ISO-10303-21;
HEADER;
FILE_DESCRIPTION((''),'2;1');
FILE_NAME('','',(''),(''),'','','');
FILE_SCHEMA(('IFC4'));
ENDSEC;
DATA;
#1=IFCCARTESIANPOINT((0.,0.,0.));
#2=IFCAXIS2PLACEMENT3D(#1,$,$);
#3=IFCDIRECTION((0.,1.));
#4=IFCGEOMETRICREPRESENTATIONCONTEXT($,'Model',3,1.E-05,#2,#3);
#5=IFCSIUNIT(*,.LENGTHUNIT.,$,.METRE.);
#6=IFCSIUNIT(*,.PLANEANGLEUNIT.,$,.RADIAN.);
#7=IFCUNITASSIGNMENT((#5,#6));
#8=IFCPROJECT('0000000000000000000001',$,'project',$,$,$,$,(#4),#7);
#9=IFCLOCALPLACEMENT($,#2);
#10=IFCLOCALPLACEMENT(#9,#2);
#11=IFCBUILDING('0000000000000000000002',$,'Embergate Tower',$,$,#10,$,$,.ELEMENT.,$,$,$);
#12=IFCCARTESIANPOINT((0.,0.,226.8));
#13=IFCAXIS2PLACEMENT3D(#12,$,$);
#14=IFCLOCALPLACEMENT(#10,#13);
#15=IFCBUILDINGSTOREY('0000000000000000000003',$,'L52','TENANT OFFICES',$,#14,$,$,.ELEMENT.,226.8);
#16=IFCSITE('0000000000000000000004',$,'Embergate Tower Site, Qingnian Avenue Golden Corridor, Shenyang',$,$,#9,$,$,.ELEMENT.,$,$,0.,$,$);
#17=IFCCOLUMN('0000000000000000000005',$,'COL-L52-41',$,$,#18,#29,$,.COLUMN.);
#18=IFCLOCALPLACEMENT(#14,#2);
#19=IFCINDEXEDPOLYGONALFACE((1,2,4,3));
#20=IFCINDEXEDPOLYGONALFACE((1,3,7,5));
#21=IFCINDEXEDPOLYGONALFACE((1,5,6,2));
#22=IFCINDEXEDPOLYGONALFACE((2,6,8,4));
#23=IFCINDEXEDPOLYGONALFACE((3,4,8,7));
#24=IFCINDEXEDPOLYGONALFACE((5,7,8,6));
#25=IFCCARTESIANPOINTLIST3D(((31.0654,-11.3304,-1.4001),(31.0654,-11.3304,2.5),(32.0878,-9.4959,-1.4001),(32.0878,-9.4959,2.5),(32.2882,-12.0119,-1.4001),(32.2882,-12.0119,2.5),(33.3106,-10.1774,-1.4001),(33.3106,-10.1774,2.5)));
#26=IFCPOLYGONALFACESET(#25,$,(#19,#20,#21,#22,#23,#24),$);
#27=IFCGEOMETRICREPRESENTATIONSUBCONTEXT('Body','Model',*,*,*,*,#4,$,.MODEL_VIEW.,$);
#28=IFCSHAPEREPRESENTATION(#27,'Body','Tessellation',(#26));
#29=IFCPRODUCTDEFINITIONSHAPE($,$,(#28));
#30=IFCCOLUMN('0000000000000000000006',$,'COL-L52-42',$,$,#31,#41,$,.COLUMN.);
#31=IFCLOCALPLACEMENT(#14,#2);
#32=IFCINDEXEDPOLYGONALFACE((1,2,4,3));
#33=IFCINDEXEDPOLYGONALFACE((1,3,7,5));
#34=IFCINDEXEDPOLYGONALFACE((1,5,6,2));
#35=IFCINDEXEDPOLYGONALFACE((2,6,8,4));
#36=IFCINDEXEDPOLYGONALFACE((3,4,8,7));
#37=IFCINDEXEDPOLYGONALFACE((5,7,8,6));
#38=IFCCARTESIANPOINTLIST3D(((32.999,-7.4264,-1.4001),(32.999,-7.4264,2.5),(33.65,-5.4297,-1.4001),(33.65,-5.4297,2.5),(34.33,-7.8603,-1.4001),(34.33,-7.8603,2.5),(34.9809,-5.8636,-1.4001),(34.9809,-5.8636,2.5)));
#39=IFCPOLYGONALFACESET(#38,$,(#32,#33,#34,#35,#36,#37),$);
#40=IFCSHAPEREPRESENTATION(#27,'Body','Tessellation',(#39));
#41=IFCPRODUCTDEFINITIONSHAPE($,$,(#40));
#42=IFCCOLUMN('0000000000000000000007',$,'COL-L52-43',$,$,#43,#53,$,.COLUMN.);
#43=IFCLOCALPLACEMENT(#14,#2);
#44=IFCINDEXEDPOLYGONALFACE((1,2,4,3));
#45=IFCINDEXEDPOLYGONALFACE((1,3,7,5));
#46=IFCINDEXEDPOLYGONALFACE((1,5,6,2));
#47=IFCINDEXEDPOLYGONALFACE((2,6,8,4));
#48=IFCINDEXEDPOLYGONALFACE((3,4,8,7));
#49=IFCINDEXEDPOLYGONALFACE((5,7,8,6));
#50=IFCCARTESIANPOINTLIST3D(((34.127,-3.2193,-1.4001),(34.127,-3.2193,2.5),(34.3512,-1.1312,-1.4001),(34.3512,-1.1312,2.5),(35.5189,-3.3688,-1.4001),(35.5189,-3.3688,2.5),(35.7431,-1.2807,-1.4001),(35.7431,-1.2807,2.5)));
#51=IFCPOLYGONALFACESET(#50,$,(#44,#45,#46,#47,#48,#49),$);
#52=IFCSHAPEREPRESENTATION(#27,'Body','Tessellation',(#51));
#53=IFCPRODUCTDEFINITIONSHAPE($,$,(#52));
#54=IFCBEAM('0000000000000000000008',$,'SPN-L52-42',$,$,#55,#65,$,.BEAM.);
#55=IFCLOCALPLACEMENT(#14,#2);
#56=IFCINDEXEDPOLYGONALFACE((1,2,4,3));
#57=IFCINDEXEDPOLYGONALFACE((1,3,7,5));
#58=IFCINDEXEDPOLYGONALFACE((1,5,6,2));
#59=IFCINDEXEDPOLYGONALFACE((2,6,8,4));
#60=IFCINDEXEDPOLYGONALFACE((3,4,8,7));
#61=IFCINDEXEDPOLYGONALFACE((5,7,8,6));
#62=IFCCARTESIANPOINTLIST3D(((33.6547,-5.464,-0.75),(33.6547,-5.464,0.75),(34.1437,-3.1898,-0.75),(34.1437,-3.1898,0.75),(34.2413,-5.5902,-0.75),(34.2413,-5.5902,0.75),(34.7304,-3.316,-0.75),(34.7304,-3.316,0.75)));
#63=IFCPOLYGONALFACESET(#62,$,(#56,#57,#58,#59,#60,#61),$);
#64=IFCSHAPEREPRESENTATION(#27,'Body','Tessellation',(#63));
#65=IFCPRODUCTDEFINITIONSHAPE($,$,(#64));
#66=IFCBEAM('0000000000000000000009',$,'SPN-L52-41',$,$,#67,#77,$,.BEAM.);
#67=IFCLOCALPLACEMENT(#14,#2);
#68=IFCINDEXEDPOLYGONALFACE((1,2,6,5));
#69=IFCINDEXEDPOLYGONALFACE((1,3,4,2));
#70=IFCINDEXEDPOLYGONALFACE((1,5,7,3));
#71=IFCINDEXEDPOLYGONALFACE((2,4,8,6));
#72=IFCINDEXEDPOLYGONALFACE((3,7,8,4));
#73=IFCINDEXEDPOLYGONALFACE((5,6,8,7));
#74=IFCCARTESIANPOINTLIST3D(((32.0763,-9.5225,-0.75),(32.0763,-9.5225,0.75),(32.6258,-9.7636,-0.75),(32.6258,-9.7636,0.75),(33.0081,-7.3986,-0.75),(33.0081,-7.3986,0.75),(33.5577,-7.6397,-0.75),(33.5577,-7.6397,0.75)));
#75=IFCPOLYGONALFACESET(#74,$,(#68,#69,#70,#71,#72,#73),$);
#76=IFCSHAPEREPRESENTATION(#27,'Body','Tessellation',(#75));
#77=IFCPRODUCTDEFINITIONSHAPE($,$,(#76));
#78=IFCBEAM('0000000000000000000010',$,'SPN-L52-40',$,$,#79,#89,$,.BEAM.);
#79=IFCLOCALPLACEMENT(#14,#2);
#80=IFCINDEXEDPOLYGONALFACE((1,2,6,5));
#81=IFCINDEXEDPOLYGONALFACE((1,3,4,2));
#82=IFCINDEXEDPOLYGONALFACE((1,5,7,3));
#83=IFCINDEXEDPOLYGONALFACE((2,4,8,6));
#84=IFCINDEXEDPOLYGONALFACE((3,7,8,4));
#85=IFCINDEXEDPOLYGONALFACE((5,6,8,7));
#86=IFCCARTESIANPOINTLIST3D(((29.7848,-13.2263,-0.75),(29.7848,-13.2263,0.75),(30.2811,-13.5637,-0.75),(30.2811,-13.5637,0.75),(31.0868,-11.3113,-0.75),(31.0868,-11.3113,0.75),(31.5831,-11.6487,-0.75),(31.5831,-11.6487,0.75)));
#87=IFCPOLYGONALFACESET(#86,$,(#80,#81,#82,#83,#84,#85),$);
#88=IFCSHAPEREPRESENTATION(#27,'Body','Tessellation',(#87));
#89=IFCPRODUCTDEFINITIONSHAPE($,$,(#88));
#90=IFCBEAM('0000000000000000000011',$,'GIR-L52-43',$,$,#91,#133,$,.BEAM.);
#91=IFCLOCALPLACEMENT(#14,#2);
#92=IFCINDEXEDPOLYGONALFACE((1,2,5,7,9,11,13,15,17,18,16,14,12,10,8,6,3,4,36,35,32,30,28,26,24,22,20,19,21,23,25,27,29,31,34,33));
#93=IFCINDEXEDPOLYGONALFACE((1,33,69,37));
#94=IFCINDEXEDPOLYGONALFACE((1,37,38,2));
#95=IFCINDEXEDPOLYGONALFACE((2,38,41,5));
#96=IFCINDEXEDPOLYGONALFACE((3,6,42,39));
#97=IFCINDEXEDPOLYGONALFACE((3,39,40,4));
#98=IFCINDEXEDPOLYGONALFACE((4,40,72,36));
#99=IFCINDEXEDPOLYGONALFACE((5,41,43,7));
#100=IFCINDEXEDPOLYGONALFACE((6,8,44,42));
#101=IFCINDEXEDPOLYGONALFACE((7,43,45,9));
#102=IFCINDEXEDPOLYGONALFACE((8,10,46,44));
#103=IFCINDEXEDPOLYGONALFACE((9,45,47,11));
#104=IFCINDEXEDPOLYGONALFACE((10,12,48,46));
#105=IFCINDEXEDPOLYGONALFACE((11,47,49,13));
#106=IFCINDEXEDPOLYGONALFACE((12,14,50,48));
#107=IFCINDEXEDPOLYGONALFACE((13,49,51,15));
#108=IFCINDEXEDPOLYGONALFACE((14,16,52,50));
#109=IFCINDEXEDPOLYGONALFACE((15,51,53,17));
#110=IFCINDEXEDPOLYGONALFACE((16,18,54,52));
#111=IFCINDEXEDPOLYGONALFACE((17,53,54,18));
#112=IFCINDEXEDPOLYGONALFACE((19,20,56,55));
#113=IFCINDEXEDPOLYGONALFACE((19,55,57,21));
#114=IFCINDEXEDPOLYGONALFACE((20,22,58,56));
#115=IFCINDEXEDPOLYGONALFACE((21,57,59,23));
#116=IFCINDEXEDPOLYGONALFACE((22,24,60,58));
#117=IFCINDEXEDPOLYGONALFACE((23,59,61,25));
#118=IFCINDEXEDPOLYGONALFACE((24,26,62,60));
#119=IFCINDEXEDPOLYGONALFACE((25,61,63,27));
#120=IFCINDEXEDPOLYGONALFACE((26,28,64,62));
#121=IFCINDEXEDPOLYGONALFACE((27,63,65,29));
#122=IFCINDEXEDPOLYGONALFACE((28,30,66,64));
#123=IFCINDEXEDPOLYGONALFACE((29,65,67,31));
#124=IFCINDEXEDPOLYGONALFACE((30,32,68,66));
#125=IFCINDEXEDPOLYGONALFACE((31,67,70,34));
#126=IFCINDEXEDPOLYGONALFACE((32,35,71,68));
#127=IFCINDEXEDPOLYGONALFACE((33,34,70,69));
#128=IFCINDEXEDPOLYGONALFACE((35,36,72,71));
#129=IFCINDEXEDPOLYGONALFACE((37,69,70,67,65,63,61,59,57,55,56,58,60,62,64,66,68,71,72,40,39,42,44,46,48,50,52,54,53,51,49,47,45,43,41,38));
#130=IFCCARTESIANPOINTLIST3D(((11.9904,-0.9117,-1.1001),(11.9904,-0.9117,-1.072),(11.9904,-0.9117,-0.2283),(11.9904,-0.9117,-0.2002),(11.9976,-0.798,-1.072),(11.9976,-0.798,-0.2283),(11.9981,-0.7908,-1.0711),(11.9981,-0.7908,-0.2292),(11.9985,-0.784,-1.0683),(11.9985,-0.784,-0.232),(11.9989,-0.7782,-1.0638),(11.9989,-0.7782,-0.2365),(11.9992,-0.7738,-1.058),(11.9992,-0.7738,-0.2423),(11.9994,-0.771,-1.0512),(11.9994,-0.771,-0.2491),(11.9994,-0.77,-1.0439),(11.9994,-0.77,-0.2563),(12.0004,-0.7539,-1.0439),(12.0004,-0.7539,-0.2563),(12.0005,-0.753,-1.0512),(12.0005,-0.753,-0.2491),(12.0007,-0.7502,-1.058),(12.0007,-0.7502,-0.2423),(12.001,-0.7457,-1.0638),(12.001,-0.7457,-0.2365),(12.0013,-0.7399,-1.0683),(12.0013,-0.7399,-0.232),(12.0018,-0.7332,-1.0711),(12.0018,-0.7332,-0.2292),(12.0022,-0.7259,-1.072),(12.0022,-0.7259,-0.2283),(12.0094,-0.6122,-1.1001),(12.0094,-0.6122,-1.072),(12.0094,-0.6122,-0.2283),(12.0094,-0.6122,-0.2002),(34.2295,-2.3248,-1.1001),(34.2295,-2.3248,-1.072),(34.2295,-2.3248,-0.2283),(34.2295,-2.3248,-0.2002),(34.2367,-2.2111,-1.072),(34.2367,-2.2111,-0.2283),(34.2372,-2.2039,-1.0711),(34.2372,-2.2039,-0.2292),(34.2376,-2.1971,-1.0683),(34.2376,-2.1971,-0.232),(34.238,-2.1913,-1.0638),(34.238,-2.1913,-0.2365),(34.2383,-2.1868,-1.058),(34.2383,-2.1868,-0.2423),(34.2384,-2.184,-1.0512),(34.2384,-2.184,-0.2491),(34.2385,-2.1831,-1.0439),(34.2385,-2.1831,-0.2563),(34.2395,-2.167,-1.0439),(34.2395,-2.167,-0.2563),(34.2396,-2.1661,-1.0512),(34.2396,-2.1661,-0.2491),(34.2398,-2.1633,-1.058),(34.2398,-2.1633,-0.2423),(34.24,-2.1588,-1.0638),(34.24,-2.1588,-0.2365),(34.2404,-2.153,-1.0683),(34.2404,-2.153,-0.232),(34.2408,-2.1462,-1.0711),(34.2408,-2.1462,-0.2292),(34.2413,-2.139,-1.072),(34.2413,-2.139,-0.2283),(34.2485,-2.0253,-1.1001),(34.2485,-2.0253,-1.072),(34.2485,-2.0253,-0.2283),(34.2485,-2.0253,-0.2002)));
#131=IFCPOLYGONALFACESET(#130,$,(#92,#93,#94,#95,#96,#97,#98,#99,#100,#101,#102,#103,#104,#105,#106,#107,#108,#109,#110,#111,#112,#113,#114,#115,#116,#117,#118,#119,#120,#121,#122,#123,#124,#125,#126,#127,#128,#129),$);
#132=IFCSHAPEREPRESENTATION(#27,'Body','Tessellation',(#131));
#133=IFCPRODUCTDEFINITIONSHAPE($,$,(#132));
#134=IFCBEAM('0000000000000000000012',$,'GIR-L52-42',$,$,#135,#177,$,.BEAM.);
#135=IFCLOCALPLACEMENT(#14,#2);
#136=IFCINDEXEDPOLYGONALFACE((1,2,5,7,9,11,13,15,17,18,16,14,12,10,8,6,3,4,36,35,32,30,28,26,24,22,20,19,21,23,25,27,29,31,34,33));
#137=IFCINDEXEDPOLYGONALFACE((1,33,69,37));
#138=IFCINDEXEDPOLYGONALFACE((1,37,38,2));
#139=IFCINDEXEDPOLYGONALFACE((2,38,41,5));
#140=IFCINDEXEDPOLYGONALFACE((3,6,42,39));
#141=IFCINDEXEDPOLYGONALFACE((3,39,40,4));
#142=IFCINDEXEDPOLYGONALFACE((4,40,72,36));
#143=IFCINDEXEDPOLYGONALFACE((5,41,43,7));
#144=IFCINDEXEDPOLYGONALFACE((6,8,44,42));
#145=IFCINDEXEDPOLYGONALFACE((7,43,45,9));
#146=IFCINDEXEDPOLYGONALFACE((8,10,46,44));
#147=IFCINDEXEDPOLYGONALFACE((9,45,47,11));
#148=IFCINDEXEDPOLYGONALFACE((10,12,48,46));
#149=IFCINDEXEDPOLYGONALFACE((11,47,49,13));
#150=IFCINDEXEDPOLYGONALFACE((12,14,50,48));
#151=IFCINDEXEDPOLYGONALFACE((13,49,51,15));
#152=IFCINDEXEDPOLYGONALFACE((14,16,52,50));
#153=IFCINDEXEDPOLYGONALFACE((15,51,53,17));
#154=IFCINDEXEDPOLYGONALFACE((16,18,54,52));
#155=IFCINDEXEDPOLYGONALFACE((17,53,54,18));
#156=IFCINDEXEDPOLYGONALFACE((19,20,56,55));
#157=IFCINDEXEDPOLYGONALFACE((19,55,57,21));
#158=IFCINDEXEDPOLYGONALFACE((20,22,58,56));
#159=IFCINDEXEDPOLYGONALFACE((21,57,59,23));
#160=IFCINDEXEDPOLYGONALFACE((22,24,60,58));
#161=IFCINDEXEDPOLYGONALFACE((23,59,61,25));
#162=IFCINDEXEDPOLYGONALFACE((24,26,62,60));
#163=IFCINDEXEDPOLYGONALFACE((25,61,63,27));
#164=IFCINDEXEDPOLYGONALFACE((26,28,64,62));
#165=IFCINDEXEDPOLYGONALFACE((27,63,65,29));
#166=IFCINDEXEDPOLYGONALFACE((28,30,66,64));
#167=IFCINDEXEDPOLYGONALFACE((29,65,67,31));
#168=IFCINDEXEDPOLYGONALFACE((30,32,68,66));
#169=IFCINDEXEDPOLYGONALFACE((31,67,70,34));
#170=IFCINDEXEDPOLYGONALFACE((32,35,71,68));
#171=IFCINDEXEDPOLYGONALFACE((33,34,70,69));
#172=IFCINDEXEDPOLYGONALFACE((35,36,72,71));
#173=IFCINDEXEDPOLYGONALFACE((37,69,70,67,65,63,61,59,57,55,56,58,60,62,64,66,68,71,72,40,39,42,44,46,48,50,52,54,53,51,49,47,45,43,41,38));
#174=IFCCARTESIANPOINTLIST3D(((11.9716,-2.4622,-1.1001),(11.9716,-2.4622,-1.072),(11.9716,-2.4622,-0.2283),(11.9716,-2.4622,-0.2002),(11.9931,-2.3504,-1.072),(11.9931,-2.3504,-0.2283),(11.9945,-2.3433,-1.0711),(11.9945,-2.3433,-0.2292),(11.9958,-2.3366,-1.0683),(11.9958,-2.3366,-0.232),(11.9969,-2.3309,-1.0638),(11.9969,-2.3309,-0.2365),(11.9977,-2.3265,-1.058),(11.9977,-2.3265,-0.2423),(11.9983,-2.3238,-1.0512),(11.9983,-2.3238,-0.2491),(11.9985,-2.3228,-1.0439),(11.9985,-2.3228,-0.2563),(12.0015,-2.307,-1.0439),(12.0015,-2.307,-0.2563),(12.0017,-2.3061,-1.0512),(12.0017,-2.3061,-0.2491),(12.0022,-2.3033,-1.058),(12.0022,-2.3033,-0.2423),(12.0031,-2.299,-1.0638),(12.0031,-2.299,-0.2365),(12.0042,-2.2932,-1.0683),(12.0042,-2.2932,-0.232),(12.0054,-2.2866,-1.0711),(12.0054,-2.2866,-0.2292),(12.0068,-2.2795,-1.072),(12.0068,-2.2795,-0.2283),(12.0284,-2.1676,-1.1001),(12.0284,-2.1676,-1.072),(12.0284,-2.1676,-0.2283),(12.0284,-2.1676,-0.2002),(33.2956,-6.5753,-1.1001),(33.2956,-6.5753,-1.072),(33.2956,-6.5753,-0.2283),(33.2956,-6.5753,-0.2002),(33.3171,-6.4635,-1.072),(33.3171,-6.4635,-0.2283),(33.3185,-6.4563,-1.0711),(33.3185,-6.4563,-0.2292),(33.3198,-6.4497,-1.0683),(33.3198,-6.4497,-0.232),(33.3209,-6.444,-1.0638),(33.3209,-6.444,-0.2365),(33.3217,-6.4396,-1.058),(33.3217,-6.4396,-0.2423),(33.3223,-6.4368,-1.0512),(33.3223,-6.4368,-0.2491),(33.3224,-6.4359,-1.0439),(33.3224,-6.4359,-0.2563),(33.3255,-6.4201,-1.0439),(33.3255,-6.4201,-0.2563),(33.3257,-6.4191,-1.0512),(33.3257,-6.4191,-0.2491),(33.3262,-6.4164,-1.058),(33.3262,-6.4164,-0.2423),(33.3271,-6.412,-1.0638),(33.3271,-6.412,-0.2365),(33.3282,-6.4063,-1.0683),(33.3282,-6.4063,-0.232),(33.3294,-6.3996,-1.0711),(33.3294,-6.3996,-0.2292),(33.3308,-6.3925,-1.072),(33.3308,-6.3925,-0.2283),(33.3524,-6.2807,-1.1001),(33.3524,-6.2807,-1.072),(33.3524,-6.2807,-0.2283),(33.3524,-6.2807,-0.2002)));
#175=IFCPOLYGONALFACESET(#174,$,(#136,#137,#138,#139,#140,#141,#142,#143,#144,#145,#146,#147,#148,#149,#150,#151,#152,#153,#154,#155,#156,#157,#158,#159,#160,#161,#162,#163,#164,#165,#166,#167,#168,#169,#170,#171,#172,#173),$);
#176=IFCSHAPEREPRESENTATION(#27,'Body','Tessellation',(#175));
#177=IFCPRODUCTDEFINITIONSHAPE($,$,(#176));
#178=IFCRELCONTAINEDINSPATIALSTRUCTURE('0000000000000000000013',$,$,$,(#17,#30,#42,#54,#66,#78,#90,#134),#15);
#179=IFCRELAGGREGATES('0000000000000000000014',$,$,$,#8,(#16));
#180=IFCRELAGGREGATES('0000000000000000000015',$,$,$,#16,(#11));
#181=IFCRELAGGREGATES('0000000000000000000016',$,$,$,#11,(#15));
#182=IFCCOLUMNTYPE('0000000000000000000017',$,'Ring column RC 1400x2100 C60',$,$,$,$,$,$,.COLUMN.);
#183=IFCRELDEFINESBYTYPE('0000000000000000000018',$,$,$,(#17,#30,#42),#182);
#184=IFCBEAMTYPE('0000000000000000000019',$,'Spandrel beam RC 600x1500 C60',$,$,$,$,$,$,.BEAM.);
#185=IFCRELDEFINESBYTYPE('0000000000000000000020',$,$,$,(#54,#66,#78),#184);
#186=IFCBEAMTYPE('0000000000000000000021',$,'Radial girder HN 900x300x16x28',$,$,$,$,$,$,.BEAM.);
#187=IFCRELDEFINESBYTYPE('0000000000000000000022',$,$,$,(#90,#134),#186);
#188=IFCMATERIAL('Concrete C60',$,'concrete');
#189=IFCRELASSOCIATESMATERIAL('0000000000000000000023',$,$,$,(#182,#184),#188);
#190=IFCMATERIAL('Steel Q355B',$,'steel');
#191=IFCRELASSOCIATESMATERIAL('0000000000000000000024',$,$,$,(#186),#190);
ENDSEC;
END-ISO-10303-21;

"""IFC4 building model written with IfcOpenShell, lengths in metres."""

from ifc_helpers import new_model, si_unit, direction, frame, origin, origin_2d, place, context, subcontext, project, spatial, rectangle, i_section, extrude, source, transform, mapped, material, material_profile, profile_set, type_object, element, save


model = new_model("IFC4")

# Units and contexts
model_context = context("Model", 3, precision=1e-05, world=origin(), true_north=direction((0.0, 1.0)))
body_context = subcontext(model_context, "Body", "Model", "MODEL_VIEW")
ifc_project = project(units=[si_unit("LENGTHUNIT", "METRE"), si_unit("PLANEANGLEUNIT", "RADIAN")], contexts=[model_context])

# Site, building, storey
site_placement = place(None, origin())
site = spatial("IfcSite", under=ifc_project, at=site_placement, Name="Embergate Tower Site, Qingnian Avenue Golden Corridor, Shenyang", CompositionType="ELEMENT", RefElevation=0.0)
building_placement = place(site_placement, origin())
building = spatial("IfcBuilding", under=site, at=building_placement, Name="Embergate Tower", CompositionType="ELEMENT")
storey_placement = place(building_placement, frame((0.0, 0.0, 226.8)))
storey = spatial("IfcBuildingStorey", under=building, at=storey_placement, Name="L52", Description="TENANT OFFICES", CompositionType="ELEMENT", Elevation=226.8)

# Columns
ifc_material_1 = material(Name="Concrete C60", Category="concrete")
ifc_material_profile_1 = material_profile(ifc_material_1, rectangle(XDim=1.3999, YDim=2.1001, at=origin_2d()), Name="RC 1400x2100")
ifc_profile_set_1 = profile_set([ifc_material_profile_1], Name="Concrete C60")
column_type = type_object("IfcColumnType", Name="Ring column RC 1400x2100 C60", PredefinedType="COLUMN", material=ifc_profile_set_1)
shared_shape_1 = source(origin(), body_context, "Body", "SweptSolid", [
    extrude(rectangle(XDim=1.3999, YDim=2.1001, at=origin_2d()), origin(), (0.0, 0.0, 1.0), 3.9001),
])
for number, where, z_axis, x_axis, name in (
    (1, (32.188, -10.7539, -1.4001), (0.0, 0.0, 1.0), (0.8735, -0.486823, 0.0), "COL-L52-41"),
    (2, (33.99, -6.645, -1.4001), (0.0, 0.0, 1.0), (0.950754, -0.309946, 0.0), "COL-L52-42"),
    (3, (34.9351, -2.25, -1.4001), (0.0, 0.0, 1.0), (0.994286, -0.10675, 0.0), "COL-L52-43"),
):
    element("IfcColumn", number, at=place(storey_placement, frame(where, z_axis=z_axis, x_axis=x_axis)), inside=storey, type_object=column_type, Name=name, PredefinedType="COLUMN", context=body_context, shape_type="MappedRepresentation", body=[
        mapped(shared_shape_1, transform((0.0, 0.0, 0.0))),
    ])

# Beams
ifc_material_profile_2 = material_profile(ifc_material_1, rectangle(XDim=0.6001, YDim=1.5, at=origin_2d()), Name="RC 600x1500")
ifc_profile_set_2 = profile_set([ifc_material_profile_2], Name="Concrete C60")
beam_type_1 = type_object("IfcBeamType", Name="Spandrel beam RC 600x1500 C60", PredefinedType="BEAM", material=ifc_profile_set_2)
shared_shape_2 = source(origin(), body_context, "Body", "SweptSolid", [
    extrude(rectangle(XDim=0.6001, YDim=1.5, at=origin_2d()), origin(), (0.0, 0.0, 1.0), 2.3262),
])
beam_1_placement = place(storey_placement, frame((33.948, -5.5271, 0.0), z_axis=(0.210224, 0.977653, 0.0), x_axis=(-0.977653, 0.210224, 0.0)))
element("IfcBeam", 4, at=beam_1_placement, inside=storey, type_object=beam_type_1, Name="SPN-L52-42", PredefinedType="BEAM", context=body_context, shape_type="MappedRepresentation", body=[
    mapped(shared_shape_2, transform((0.0, 0.0, 0.0))),
])
shared_shape_3 = source(origin(), body_context, "Body", "SweptSolid", [
    extrude(rectangle(XDim=0.6001, YDim=1.5, at=origin_2d()), origin(), (0.0, 0.0, 1.0), 2.3193),
])
beam_2_placement = place(storey_placement, frame((32.3511, -9.6431, 0.0), z_axis=(0.401768, 0.915741, 0.0), x_axis=(-0.915741, 0.401768, 0.0)))
element("IfcBeam", 5, at=beam_2_placement, inside=storey, type_object=beam_type_1, Name="SPN-L52-41", PredefinedType="BEAM", context=body_context, shape_type="MappedRepresentation", body=[
    mapped(shared_shape_3, transform((0.0, 0.0, 0.0))),
])
shared_shape_4 = source(origin(), body_context, "Body", "SweptSolid", [
    extrude(rectangle(XDim=0.6001, YDim=1.5, at=origin_2d()), origin(), (0.0, 0.0, 1.0), 2.3157),
])
beam_3_placement = place(storey_placement, frame((30.033, -13.395, 0.0), z_axis=(0.562244, 0.826972, 0.0), x_axis=(-0.826972, 0.562244, 0.0)))
element("IfcBeam", 6, at=beam_3_placement, inside=storey, type_object=beam_type_1, Name="SPN-L52-40", PredefinedType="BEAM", context=body_context, shape_type="MappedRepresentation", body=[
    mapped(shared_shape_4, transform((0.0, 0.0, 0.0))),
])
ifc_material_2 = material(Name="Steel Q355B", Category="steel")
ifc_material_profile_3 = material_profile(ifc_material_2, i_section(OverallWidth=0.3, OverallDepth=0.8999, WebThickness=0.0161, FlangeThickness=0.0281, FilletRadius=0.0281, at=origin_2d()), Name="HN 900x300x16x28")
ifc_profile_set_3 = profile_set([ifc_material_profile_3], Name="Steel Q355 grade B")
beam_type_2 = type_object("IfcBeamType", Name="Radial girder HN 900x300x16x28", PredefinedType="BEAM", material=ifc_profile_set_3)
shared_shape_5 = source(origin(), body_context, "Body", "SweptSolid", [
    extrude(i_section(OverallWidth=0.3, OverallDepth=0.8999, WebThickness=0.0161, FlangeThickness=0.0281, FilletRadius=0.0281, at=origin_2d()), origin(), (0.0, 0.0, 1.0), 22.2839),
])
beam_4_placement = place(storey_placement, frame((34.239, -2.175, -0.6501), z_axis=(-0.997987, 0.063413, 0.0), x_axis=(-0.063413, -0.997987, 0.0)))
element("IfcBeam", 7, at=beam_4_placement, inside=storey, type_object=beam_type_2, Name="GIR-L52-43", PredefinedType="BEAM", context=body_context, shape_type="MappedRepresentation", body=[
    mapped(shared_shape_5, transform((0.0, 0.0, 0.0))),
])
shared_shape_6 = source(origin(), body_context, "Body", "SweptSolid", [
    extrude(i_section(OverallWidth=0.3, OverallDepth=0.8999, WebThickness=0.0161, FlangeThickness=0.0281, FilletRadius=0.0281, at=origin_2d()), origin(), (0.0, 0.0, 1.0), 21.717),
])
beam_5_placement = place(storey_placement, frame((33.324, -6.428, -0.6501), z_axis=(-0.981901, 0.189392, 0.0), x_axis=(-0.189392, -0.981901, 0.0)))
element("IfcBeam", 8, at=beam_5_placement, inside=storey, type_object=beam_type_2, Name="GIR-L52-42", PredefinedType="BEAM", context=body_context, shape_type="MappedRepresentation", body=[
    mapped(shared_shape_6, transform((0.0, 0.0, 0.0))),
])

save(model, "model.ifc")
